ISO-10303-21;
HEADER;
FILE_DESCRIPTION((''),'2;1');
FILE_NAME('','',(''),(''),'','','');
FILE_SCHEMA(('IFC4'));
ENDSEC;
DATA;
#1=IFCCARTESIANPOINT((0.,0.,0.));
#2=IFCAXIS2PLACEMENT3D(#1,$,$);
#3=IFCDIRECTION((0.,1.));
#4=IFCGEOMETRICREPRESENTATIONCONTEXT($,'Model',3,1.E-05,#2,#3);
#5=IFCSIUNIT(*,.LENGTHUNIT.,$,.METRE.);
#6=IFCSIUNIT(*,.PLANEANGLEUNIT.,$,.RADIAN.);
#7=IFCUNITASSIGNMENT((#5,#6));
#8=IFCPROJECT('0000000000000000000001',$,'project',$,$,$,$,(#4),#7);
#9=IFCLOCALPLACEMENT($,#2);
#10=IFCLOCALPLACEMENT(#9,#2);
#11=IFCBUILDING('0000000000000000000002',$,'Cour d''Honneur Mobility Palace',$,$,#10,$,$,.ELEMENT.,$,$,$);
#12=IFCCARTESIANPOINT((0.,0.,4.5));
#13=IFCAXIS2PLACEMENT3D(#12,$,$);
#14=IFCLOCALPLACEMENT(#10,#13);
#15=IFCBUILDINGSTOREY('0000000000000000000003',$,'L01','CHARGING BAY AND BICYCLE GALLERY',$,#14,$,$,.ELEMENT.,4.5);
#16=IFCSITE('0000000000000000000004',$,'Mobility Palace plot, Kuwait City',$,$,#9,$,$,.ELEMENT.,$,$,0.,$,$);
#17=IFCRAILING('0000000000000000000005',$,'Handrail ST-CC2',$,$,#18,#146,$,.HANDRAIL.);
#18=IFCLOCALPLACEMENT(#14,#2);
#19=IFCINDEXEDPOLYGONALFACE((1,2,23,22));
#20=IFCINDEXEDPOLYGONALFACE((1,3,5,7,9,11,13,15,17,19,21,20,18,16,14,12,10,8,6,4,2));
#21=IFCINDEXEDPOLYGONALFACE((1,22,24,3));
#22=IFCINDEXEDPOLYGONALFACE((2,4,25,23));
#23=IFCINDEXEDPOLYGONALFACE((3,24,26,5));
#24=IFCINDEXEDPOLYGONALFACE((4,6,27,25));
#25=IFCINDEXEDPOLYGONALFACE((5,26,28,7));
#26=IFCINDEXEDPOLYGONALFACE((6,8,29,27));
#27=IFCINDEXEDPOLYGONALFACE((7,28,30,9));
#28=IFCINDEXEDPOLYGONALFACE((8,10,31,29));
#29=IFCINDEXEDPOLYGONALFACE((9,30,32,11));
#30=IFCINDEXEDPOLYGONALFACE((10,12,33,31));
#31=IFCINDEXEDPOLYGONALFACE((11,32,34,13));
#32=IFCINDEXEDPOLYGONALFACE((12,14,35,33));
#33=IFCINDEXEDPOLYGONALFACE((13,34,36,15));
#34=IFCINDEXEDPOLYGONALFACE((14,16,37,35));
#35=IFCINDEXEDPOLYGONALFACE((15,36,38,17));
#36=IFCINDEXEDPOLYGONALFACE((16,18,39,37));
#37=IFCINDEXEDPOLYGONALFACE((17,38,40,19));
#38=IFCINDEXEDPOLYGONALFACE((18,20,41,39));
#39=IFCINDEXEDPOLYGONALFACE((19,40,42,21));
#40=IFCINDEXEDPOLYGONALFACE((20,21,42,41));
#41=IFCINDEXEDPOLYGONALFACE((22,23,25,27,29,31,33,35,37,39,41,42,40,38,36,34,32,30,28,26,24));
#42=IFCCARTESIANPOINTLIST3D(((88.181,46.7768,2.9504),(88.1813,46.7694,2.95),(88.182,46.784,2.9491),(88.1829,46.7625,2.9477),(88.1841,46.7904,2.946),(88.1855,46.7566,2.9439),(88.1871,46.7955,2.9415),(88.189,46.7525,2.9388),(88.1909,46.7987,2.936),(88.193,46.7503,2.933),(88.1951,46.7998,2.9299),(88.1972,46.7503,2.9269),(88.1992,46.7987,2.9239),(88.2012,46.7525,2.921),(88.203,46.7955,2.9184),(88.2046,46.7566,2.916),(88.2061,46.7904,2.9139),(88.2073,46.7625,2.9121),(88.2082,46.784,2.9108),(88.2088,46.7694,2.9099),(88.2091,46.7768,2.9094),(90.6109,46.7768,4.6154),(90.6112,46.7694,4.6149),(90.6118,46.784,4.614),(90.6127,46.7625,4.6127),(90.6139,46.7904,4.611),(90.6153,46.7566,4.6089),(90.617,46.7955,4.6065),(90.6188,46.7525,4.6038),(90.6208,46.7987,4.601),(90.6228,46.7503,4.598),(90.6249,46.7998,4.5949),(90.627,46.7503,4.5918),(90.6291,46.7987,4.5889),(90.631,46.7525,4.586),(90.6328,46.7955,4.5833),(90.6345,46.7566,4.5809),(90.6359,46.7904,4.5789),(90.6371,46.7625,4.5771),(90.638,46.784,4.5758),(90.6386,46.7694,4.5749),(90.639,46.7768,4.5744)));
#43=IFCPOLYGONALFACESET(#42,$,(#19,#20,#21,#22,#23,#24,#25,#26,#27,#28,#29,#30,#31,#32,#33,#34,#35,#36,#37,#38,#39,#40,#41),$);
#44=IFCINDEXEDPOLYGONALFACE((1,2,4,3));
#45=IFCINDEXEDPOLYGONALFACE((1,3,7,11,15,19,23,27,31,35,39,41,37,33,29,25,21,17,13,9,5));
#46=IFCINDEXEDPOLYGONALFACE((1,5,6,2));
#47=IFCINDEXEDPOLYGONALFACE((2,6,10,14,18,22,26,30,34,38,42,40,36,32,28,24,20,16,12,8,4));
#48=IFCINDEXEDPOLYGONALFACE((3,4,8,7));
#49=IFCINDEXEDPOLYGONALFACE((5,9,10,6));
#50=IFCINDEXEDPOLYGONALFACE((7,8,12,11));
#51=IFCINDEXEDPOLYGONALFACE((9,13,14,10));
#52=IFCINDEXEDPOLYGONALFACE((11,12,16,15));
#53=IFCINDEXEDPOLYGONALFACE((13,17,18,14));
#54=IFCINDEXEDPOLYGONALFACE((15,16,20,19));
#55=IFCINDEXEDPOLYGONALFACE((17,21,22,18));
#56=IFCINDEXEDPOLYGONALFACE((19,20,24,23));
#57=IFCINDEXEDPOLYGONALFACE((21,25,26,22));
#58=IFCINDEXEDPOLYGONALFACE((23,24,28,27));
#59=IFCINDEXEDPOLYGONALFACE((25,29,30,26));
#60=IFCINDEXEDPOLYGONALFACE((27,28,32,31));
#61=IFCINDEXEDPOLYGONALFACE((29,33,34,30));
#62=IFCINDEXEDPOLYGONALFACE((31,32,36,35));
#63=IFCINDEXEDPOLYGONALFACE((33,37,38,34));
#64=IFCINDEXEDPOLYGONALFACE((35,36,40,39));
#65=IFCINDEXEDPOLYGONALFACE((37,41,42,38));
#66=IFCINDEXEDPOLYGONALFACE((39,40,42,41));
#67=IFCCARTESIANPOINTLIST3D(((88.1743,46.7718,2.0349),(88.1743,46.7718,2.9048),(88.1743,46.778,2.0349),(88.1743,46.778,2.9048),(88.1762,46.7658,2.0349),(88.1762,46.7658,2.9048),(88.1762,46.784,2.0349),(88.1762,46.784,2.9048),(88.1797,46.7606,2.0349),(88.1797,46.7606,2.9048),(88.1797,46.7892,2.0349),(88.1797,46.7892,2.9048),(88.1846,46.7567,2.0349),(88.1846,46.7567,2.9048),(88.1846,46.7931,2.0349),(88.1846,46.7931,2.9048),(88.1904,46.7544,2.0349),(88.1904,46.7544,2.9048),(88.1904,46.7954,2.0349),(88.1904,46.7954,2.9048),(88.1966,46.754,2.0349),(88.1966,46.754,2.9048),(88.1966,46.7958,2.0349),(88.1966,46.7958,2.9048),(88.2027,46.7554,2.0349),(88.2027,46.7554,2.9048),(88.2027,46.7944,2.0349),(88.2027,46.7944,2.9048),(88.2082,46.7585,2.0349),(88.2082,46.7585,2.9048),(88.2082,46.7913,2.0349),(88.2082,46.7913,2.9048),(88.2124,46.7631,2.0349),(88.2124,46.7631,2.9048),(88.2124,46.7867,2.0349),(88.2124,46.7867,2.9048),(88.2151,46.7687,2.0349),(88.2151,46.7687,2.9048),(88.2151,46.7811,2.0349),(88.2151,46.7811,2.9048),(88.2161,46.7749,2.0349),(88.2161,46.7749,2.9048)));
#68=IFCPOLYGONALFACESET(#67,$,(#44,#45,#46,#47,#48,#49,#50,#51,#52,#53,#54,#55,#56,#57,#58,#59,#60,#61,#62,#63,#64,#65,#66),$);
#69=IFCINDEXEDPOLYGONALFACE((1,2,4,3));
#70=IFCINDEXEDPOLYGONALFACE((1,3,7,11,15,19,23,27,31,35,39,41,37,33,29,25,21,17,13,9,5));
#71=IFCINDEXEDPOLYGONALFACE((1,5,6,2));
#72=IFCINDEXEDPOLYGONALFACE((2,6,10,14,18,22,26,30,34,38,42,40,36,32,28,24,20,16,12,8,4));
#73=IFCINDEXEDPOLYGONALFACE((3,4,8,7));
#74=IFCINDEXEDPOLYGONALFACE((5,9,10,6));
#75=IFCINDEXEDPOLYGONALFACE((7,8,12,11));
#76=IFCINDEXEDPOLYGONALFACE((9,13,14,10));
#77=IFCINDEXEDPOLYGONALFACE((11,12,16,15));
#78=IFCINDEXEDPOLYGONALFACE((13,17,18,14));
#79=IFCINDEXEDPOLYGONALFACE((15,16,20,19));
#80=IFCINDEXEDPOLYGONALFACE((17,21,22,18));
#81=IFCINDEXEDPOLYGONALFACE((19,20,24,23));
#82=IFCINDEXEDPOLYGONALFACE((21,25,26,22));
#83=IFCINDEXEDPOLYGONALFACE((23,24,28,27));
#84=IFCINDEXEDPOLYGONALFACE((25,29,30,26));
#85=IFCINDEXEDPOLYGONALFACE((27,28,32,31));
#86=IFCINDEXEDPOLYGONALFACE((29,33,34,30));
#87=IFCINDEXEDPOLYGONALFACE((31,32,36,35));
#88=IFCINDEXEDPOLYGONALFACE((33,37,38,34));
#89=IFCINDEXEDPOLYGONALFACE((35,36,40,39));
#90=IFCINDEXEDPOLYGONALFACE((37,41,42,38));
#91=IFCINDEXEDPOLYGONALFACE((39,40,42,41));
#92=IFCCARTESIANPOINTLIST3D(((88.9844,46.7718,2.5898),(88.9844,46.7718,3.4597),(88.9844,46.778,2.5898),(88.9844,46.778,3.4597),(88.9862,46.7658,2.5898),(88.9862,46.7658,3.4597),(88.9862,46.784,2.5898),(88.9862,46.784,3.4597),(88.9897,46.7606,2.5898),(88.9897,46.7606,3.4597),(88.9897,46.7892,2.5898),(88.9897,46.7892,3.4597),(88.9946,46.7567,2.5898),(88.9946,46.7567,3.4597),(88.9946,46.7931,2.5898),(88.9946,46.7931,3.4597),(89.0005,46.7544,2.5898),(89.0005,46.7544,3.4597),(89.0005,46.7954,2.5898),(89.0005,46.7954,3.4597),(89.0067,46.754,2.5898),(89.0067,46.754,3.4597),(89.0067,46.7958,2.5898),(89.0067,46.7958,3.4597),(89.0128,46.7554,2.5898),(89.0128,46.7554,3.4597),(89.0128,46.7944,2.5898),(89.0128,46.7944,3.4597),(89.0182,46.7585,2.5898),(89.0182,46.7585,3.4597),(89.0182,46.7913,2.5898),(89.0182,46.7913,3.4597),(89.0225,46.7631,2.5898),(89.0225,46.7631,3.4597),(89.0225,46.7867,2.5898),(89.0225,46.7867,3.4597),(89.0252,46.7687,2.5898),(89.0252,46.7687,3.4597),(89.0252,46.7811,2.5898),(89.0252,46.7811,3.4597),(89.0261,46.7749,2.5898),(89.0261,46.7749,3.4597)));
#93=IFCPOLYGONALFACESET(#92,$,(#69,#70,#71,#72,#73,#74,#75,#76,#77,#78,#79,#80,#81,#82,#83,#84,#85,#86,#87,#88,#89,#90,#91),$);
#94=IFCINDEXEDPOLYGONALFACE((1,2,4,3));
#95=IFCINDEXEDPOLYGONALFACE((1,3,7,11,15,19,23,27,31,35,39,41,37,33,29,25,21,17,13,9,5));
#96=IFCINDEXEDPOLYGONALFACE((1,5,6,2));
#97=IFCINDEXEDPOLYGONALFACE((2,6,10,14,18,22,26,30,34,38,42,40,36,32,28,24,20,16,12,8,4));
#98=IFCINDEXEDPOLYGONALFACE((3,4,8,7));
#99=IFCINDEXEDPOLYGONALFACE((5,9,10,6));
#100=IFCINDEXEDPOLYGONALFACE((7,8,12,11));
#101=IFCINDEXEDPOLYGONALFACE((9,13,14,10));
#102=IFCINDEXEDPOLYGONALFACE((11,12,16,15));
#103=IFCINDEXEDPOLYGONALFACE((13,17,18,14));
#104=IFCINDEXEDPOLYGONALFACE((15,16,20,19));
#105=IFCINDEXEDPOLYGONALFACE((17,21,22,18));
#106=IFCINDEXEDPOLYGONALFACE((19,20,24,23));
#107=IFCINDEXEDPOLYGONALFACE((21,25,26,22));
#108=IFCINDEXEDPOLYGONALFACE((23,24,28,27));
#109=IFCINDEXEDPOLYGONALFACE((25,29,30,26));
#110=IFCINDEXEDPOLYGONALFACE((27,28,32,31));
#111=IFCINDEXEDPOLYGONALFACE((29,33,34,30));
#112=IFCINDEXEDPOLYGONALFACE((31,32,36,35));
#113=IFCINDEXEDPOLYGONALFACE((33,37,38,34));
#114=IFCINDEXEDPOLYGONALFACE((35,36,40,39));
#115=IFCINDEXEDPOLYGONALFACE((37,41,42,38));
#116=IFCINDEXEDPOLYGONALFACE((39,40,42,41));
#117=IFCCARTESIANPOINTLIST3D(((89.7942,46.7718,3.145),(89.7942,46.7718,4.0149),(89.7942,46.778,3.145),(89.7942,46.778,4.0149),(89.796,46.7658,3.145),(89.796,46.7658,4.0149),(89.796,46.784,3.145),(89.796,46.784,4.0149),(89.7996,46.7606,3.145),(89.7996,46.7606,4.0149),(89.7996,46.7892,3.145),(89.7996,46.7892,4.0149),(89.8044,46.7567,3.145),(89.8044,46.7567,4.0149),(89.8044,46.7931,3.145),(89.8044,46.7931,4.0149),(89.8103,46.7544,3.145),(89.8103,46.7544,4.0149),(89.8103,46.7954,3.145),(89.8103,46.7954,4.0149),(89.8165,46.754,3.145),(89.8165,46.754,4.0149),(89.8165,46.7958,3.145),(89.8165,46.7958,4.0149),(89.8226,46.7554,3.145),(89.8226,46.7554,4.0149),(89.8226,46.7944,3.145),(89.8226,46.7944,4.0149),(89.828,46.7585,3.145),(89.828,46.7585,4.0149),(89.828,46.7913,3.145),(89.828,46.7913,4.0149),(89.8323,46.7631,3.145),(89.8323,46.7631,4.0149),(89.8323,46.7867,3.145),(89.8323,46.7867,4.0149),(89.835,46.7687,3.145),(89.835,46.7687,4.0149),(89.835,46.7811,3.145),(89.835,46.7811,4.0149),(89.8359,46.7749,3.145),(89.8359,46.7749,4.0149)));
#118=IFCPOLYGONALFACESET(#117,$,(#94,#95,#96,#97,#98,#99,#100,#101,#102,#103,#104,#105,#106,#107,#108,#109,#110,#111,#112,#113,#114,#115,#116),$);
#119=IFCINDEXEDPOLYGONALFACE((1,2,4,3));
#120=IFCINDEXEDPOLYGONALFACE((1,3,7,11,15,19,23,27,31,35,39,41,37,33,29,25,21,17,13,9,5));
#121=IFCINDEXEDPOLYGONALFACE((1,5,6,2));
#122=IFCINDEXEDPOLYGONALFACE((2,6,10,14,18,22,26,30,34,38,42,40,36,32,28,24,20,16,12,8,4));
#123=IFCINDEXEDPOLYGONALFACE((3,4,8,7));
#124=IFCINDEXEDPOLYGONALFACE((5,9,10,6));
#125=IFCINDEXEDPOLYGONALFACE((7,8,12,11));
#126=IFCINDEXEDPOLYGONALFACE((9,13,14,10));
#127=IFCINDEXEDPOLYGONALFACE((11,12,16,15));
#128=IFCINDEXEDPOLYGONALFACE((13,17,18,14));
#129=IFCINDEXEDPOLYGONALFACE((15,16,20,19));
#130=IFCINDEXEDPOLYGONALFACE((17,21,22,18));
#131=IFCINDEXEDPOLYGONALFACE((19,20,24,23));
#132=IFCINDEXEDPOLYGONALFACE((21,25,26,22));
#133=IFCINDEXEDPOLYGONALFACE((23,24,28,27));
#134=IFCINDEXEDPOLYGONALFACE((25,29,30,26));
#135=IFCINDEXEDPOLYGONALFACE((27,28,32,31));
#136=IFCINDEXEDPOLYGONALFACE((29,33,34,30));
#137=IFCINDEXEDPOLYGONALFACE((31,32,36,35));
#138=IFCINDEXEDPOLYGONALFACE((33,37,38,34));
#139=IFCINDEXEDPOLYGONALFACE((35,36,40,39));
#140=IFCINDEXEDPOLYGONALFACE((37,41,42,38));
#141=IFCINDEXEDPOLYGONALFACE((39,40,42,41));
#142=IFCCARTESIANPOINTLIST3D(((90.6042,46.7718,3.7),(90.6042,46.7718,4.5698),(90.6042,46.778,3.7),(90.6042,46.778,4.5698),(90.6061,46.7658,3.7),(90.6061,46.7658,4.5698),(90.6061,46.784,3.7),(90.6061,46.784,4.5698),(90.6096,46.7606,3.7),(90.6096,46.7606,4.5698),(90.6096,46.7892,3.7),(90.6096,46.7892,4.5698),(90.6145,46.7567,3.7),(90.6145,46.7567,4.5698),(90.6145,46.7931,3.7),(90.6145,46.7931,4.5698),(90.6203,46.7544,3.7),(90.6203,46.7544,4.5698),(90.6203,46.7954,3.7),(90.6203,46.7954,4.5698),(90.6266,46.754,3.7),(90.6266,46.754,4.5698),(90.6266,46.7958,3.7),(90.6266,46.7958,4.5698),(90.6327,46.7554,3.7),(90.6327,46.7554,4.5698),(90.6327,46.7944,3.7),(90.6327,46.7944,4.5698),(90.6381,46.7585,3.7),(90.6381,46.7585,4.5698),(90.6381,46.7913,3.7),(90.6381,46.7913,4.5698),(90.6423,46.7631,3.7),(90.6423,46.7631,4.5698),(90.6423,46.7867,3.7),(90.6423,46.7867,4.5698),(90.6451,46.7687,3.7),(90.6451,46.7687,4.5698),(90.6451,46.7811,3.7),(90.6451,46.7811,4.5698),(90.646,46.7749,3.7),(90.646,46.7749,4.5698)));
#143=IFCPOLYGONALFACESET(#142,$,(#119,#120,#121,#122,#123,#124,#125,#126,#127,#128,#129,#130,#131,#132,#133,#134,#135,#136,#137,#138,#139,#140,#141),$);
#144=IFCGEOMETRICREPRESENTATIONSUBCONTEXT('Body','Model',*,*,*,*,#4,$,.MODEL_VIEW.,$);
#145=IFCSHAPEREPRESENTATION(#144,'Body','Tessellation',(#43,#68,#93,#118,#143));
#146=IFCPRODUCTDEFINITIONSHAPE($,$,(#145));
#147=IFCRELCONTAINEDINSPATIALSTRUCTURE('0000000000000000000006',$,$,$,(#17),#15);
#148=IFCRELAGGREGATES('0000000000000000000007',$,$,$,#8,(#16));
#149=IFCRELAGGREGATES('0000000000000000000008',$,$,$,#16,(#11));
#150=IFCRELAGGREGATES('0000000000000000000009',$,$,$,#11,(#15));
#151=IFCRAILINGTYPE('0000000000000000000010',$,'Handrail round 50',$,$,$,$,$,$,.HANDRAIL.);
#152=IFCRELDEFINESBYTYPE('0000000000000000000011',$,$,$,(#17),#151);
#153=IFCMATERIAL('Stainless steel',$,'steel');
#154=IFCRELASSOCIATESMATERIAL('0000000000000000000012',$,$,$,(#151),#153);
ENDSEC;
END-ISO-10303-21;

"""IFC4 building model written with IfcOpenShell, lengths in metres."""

from ifc_helpers import new_model, si_unit, direction, frame, origin, origin_2d, place, context, subcontext, project, spatial, circle, extrude, material, type_object, element, save


model = new_model("IFC4")

# Units and contexts
model_context = context("Model", 3, precision=1e-05, world=origin(), true_north=direction((0.0, 1.0)))
body_context = subcontext(model_context, "Body", "Model", "MODEL_VIEW")
ifc_project = project(units=[si_unit("LENGTHUNIT", "METRE"), si_unit("PLANEANGLEUNIT", "RADIAN")], contexts=[model_context])

# Site, building, storey
site_placement = place(None, origin())
site = spatial("IfcSite", under=ifc_project, at=site_placement, Name="Mobility Palace plot, Kuwait City", CompositionType="ELEMENT", RefElevation=0.0)
building_placement = place(site_placement, origin())
building = spatial("IfcBuilding", under=site, at=building_placement, Name="Cour d'Honneur Mobility Palace", CompositionType="ELEMENT")
storey_placement = place(building_placement, frame((0.0, 0.0, 4.5)))
storey = spatial("IfcBuildingStorey", under=building, at=storey_placement, Name="L01", Description="CHARGING BAY AND BICYCLE GALLERY", CompositionType="ELEMENT", Elevation=4.5)

# Railing
ifc_material_1 = material(Name="Stainless steel", Category="steel")
railing_type_1 = type_object("IfcRailingType", Name="Handrail round 50", PredefinedType="HANDRAIL", material=ifc_material_1)
for number, where, name in (
    (1, (88.1951, 46.7749, 2.0349), "Handrail ST-CC2"),
):
    element("IfcRailing", number, at=place(storey_placement, frame(where)), inside=storey, type_object=railing_type_1, Name=name, PredefinedType="HANDRAIL", context=body_context, shape_type="SweptSolid", body=[
        extrude(circle(Radius=0.0249, at=origin_2d()), frame((0.0, 0.0, 0.895), z_axis=(0.824919, 0.0, 0.565251), x_axis=(0.0, 1.0, 0.0)), (0.0, 0.0, 1.0), 2.9456),
        extrude(circle(Radius=0.021, at=origin_2d()), origin(), (0.0, 0.0, 1.0), 0.8699),
        extrude(circle(Radius=0.021, at=origin_2d()), frame((0.8101, 0.0, 0.5549)), (0.0, 0.0, 1.0), 0.8699),
        extrude(circle(Radius=0.021, at=origin_2d()), frame((1.6199, 0.0, 1.1101)), (0.0, 0.0, 1.0), 0.8699),
        extrude(circle(Radius=0.021, at=origin_2d()), frame((2.4299, 0.0, 1.665)), (0.0, 0.0, 1.0), 0.8699),
    ])

save(model, "model.ifc")
